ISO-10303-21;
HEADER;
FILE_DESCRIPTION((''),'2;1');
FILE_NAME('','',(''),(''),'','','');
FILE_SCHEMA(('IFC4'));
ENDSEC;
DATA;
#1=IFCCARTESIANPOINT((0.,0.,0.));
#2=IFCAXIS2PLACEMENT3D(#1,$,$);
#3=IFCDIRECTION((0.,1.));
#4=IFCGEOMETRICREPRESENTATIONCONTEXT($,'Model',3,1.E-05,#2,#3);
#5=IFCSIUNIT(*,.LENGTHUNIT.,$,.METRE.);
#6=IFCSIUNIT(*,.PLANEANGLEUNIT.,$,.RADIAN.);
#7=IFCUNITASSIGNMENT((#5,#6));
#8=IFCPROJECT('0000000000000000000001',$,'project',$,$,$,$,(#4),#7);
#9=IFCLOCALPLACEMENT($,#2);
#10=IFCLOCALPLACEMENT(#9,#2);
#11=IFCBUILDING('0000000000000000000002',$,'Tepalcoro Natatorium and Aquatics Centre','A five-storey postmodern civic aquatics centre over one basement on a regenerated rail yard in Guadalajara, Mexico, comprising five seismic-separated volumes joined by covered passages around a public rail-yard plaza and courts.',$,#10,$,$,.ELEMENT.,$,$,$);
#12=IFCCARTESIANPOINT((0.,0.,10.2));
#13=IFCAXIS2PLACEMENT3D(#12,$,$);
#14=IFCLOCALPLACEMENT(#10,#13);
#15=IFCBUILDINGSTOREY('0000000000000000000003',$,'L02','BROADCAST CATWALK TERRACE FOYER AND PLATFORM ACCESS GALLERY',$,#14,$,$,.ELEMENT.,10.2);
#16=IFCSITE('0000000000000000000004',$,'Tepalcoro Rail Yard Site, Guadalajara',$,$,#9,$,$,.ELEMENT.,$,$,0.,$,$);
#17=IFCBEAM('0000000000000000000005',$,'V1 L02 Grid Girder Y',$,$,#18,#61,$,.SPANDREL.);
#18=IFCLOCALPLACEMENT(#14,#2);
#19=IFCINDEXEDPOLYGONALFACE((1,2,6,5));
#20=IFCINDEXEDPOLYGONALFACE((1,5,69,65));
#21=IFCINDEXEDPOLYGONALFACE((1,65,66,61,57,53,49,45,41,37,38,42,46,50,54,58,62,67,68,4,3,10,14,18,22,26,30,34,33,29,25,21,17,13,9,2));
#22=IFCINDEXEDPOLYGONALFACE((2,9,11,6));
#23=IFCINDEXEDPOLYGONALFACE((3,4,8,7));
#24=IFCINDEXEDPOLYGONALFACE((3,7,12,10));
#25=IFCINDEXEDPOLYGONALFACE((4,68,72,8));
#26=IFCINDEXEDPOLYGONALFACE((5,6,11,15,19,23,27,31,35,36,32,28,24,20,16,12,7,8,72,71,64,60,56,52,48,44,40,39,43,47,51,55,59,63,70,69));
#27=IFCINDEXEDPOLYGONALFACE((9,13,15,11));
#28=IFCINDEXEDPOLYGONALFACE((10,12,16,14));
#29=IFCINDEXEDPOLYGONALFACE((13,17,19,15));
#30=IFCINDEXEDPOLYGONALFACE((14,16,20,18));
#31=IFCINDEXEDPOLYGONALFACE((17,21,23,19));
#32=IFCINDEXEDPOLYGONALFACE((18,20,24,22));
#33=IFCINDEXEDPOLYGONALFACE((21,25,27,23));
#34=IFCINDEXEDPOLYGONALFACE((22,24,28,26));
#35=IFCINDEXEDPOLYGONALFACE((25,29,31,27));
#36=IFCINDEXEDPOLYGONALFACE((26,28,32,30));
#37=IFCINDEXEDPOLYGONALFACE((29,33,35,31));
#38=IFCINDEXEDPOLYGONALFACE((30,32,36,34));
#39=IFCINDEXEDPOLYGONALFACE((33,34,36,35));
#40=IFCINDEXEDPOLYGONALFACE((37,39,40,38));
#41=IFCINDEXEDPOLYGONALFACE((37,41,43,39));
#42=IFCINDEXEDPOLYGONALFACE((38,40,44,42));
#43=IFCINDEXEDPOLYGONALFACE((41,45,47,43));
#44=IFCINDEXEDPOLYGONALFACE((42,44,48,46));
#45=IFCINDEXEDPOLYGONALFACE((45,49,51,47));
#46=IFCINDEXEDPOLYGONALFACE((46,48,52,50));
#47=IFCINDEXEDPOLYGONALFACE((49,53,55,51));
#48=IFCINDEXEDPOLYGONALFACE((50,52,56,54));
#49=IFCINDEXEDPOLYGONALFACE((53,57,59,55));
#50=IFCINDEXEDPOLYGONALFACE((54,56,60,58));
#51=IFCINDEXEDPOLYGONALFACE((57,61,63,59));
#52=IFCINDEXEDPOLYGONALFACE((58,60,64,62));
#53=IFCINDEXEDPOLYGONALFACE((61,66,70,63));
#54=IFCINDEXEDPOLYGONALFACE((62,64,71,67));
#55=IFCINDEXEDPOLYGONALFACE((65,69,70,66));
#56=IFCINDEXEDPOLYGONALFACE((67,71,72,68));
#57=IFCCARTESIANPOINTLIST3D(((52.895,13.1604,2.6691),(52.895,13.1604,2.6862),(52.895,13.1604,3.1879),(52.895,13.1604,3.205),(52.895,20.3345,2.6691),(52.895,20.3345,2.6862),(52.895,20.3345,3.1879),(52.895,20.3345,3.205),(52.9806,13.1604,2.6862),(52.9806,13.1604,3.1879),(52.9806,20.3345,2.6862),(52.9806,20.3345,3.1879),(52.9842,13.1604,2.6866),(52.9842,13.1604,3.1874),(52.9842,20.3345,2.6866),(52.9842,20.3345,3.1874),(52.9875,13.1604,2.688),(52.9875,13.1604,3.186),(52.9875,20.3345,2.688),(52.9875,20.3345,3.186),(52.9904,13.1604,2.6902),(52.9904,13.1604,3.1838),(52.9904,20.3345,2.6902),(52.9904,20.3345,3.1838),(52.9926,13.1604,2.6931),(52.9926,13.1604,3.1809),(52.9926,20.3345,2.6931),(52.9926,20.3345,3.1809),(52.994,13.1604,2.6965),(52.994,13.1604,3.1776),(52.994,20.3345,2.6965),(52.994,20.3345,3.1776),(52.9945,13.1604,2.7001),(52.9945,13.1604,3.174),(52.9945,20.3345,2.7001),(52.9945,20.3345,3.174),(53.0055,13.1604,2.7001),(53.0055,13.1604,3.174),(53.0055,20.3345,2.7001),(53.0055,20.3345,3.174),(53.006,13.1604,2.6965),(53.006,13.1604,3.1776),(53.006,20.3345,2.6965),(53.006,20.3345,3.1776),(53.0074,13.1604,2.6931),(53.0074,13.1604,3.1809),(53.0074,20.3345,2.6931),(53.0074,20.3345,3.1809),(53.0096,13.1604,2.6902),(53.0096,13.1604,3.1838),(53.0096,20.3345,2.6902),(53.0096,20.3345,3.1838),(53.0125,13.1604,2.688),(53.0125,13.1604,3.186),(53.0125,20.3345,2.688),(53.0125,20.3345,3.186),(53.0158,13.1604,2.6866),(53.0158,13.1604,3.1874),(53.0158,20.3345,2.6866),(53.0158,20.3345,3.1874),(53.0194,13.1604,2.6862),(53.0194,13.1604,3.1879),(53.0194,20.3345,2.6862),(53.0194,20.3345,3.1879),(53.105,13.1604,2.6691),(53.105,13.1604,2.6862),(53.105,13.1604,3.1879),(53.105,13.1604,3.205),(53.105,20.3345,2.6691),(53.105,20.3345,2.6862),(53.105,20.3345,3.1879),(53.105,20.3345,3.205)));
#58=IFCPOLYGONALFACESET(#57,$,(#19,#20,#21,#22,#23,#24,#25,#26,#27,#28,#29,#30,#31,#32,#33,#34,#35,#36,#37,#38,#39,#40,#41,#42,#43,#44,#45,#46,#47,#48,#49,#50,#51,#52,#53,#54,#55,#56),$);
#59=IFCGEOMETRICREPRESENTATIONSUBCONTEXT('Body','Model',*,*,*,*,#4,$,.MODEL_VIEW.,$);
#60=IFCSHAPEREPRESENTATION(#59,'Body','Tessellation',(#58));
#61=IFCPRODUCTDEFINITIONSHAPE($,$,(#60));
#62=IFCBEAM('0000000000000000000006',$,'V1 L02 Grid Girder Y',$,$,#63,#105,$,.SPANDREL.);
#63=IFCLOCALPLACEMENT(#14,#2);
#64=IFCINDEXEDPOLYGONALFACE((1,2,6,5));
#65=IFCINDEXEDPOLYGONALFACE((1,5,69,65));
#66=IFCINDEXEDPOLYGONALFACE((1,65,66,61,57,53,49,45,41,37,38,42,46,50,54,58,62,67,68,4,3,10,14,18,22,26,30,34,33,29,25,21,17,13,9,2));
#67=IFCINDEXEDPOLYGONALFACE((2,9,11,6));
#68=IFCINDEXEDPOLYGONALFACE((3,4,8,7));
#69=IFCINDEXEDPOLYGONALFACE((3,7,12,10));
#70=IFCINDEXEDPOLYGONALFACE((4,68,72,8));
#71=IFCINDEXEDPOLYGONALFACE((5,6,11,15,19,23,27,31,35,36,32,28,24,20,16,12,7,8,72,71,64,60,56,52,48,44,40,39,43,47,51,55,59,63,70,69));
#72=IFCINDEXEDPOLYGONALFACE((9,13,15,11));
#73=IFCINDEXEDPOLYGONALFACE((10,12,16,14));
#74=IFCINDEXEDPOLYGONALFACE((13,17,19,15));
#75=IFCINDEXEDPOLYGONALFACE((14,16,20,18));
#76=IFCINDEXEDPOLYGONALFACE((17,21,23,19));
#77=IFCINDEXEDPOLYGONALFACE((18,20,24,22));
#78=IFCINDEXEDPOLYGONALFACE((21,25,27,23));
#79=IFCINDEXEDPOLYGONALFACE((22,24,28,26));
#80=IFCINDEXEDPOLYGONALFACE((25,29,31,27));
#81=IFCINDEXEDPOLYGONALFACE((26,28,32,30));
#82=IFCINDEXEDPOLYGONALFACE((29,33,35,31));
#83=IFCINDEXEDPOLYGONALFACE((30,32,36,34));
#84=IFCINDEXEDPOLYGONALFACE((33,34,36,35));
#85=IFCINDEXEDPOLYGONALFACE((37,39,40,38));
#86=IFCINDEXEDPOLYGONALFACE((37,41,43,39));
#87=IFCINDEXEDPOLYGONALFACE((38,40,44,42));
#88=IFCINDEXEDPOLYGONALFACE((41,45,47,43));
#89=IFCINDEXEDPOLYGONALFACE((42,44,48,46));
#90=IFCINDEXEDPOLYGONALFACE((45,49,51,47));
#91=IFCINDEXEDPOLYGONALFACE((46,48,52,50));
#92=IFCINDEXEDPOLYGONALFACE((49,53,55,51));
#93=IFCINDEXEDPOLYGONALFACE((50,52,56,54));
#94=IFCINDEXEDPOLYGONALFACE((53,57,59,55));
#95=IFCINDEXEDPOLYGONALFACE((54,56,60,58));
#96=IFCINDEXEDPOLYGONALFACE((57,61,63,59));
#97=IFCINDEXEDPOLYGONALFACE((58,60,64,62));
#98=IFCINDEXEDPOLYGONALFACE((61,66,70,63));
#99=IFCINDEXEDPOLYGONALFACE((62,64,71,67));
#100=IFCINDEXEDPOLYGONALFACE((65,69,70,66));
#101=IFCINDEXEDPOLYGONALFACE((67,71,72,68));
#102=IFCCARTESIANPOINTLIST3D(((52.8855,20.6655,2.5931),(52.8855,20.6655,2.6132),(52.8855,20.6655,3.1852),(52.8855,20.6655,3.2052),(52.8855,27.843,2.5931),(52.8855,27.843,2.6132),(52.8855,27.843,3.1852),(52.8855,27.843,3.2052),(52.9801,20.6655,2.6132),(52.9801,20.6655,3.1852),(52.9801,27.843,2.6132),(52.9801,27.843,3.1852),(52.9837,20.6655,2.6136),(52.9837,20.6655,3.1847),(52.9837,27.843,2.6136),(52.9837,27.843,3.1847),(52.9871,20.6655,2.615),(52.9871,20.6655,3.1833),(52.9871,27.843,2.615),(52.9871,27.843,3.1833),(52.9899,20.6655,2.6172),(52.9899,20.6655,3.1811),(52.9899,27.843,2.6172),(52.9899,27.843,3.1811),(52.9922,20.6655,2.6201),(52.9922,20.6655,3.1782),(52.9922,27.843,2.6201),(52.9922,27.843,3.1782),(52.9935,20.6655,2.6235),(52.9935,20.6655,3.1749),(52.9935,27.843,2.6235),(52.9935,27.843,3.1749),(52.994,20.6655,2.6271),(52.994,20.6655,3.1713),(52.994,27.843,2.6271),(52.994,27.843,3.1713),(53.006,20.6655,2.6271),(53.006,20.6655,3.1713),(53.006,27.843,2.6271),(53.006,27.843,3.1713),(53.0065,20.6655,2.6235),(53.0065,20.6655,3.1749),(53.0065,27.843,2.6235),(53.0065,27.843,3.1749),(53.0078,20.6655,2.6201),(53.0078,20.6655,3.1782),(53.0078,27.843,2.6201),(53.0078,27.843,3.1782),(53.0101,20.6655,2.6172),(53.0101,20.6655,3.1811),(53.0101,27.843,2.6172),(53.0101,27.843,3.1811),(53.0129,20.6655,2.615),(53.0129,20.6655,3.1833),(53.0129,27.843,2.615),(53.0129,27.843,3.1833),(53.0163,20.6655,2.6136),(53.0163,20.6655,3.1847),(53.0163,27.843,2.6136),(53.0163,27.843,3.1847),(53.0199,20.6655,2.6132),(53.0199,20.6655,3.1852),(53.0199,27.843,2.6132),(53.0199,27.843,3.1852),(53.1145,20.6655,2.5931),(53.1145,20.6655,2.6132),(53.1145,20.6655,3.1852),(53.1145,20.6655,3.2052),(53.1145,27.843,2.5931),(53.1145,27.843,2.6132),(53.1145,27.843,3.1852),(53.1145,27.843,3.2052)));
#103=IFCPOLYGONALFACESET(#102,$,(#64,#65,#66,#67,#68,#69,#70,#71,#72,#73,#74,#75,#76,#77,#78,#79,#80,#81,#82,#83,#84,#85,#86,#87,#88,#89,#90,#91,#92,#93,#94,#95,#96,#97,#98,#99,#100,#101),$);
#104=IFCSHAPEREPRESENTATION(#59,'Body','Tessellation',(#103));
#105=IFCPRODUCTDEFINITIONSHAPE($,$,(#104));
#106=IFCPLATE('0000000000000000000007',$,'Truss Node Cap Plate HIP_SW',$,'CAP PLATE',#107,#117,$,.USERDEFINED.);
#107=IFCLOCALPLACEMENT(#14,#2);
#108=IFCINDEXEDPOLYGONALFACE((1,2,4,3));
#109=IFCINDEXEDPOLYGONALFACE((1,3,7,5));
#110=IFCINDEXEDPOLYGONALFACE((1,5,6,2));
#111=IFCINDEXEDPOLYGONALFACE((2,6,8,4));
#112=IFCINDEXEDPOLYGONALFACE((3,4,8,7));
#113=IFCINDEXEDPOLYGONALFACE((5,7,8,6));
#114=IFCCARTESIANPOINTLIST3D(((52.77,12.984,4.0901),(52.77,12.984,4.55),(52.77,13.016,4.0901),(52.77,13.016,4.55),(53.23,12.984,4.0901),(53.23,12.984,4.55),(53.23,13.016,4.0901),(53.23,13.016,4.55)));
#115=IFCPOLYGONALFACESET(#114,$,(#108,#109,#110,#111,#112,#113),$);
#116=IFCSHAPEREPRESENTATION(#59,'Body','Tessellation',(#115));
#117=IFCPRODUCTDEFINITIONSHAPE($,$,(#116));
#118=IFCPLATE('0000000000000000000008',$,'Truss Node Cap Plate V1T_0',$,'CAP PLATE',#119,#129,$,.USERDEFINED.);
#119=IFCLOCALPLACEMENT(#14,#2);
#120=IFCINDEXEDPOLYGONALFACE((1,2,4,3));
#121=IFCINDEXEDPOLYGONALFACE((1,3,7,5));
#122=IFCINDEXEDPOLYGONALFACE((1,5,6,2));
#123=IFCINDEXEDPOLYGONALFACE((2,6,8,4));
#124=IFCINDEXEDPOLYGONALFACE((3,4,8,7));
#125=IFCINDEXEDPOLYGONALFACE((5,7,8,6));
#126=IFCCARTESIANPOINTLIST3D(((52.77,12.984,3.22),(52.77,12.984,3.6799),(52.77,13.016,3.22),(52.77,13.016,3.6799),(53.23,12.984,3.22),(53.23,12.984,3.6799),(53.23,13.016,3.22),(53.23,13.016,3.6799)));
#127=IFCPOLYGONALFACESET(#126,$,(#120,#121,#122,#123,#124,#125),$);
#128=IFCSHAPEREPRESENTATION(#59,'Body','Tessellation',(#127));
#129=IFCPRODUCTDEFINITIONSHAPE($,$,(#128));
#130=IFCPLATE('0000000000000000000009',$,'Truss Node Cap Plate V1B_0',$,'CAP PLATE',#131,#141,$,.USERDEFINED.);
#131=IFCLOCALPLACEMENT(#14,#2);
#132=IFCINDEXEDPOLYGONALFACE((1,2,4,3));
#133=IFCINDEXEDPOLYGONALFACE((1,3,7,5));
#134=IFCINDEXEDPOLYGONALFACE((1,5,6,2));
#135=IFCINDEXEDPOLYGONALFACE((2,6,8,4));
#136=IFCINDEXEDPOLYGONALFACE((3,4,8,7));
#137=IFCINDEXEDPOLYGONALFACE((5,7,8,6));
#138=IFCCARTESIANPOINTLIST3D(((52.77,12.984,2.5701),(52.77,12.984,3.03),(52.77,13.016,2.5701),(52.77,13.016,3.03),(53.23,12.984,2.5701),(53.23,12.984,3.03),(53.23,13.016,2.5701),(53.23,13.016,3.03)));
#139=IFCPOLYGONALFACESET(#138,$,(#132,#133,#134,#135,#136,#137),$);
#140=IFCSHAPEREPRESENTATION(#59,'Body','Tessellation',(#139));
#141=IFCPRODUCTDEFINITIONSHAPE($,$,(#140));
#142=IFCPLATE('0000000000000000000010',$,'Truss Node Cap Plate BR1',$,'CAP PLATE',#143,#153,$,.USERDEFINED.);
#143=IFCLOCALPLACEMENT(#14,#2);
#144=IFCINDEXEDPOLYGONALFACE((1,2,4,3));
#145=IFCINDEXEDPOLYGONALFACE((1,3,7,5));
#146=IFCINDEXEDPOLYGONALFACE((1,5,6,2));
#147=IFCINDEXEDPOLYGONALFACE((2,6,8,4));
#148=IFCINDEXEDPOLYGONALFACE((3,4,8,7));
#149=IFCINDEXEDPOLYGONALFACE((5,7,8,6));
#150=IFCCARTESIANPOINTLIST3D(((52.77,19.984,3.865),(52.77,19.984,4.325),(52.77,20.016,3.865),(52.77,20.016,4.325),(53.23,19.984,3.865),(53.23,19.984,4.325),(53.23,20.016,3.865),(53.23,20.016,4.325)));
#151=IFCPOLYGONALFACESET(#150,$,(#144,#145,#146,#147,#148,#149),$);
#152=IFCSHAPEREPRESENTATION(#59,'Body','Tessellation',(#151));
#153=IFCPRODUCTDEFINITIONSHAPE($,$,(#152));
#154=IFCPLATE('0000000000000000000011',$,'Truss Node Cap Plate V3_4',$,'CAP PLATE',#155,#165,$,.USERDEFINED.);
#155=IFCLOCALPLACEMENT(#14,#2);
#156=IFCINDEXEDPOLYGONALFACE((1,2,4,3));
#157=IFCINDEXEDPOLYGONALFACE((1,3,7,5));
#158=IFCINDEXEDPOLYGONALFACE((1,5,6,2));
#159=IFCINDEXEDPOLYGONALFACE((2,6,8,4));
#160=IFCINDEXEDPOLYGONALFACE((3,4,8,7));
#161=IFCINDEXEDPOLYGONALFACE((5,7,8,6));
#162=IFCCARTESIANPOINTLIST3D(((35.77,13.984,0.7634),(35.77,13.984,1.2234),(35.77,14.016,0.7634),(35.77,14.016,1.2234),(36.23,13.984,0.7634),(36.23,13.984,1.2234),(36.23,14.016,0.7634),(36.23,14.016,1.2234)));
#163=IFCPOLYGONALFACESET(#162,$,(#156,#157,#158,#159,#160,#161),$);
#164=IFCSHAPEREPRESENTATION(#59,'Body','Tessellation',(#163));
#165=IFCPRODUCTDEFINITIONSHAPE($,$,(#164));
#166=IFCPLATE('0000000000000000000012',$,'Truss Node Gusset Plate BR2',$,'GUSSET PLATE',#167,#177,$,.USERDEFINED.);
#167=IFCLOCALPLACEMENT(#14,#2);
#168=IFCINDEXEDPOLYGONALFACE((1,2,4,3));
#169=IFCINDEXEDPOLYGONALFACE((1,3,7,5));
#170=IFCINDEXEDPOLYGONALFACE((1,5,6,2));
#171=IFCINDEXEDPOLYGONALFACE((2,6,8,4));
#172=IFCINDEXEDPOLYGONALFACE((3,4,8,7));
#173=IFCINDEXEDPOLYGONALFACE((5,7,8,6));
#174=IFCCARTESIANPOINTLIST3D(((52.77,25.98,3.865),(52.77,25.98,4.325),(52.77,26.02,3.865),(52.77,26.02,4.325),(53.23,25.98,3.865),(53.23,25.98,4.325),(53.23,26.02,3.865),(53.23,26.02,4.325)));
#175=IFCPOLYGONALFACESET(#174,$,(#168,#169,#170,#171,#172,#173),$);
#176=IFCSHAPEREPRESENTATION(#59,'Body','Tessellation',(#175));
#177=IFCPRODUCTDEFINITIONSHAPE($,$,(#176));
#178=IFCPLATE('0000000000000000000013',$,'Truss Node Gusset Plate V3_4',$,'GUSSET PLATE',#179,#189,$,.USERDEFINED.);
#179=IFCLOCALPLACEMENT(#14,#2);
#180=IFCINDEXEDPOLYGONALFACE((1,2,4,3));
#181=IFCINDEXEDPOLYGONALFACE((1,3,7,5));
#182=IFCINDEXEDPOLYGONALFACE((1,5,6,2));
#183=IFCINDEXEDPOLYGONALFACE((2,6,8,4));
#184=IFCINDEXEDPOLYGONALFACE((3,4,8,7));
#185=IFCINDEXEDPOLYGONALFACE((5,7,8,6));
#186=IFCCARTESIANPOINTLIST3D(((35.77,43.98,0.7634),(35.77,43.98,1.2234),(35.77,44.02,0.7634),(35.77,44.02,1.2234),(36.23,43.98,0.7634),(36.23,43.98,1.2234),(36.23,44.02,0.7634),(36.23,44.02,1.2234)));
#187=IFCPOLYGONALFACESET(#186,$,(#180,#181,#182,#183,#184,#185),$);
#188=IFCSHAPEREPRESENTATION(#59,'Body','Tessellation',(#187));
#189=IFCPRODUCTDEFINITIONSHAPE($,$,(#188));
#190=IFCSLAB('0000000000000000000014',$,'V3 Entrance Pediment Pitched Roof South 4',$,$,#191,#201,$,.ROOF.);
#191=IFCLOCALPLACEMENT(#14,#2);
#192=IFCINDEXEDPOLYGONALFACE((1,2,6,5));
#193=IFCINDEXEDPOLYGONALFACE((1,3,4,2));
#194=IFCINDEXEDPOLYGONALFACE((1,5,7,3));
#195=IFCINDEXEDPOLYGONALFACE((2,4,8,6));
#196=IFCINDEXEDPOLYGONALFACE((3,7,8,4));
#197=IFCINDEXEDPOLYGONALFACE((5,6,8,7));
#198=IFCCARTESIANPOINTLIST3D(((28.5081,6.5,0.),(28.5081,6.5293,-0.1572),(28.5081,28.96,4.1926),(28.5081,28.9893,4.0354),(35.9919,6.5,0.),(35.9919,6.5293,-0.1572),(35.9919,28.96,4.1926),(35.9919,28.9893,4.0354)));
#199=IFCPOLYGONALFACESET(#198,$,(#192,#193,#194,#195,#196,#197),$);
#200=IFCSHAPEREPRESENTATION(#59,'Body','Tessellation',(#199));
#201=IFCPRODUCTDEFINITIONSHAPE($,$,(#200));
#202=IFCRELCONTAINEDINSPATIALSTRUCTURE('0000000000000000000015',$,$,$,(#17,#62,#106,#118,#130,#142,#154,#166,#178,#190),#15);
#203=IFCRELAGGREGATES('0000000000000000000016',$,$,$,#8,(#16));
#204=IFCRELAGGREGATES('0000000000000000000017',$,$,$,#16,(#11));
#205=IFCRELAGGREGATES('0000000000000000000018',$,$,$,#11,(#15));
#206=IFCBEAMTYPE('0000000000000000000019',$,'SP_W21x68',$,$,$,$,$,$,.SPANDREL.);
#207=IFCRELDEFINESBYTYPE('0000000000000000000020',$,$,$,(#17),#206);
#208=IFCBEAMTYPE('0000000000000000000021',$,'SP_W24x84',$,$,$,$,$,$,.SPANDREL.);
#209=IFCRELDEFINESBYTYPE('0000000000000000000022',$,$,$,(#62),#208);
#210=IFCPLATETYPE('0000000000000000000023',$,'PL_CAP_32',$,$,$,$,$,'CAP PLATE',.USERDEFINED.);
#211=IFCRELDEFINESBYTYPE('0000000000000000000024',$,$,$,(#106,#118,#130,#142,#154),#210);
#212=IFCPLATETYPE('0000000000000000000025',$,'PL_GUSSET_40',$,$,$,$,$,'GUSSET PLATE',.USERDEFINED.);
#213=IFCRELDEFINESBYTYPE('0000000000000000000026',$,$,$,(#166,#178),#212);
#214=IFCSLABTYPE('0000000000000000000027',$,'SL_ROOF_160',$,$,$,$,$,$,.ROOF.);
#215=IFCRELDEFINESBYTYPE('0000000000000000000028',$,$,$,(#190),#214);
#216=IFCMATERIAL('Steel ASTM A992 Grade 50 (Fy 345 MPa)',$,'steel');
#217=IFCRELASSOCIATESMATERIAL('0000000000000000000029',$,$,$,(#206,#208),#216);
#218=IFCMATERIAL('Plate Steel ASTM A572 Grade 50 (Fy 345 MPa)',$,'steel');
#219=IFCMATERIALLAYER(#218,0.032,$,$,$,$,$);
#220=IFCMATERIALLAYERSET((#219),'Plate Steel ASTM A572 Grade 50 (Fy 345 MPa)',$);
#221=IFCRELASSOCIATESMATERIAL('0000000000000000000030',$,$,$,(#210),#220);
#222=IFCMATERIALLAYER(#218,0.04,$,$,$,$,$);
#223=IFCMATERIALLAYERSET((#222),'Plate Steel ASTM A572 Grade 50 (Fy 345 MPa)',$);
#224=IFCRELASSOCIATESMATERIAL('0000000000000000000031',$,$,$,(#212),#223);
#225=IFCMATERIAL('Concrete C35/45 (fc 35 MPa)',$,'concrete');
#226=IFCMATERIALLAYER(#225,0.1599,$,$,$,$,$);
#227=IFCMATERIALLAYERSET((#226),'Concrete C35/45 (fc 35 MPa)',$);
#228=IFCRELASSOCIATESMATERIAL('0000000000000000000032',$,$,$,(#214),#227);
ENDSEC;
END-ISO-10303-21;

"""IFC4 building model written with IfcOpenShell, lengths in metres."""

from ifc_helpers import new_model, si_unit, direction, frame, origin, origin_2d, place, context, subcontext, project, spatial, polyline, rectangle, i_section, outline, extrude, material, layer, layer_set, material_profile, profile_set, type_object, element, save


model = new_model("IFC4")

# Units and contexts
model_context = context("Model", 3, precision=1e-05, world=origin(), true_north=direction((0.0, 1.0)))
body_context = subcontext(model_context, "Body", "Model", "MODEL_VIEW")
ifc_project = project(units=[si_unit("LENGTHUNIT", "METRE"), si_unit("PLANEANGLEUNIT", "RADIAN")], contexts=[model_context])

# Site, building, storey
site_placement = place(None, origin())
site = spatial("IfcSite", under=ifc_project, at=site_placement, Name="Tepalcoro Rail Yard Site, Guadalajara", CompositionType="ELEMENT", RefElevation=0.0)
building_placement = place(site_placement, origin())
building = spatial("IfcBuilding", under=site, at=building_placement, Name="Tepalcoro Natatorium and Aquatics Centre", Description="A five-storey postmodern civic aquatics centre over one basement on a regenerated rail yard in Guadalajara, Mexico, comprising five seismic-separated volumes joined by covered passages around a public rail-yard plaza and courts.", CompositionType="ELEMENT")
storey_placement = place(building_placement, frame((0.0, 0.0, 10.2)))
storey = spatial("IfcBuildingStorey", under=building, at=storey_placement, Name="L02", Description="BROADCAST CATWALK TERRACE FOYER AND PLATFORM ACCESS GALLERY", CompositionType="ELEMENT", Elevation=10.2)

# Shared definitions
ifc_material_1 = material(Name="Steel ASTM A992 Grade 50 (Fy 345 MPa)", Category="steel")

# Beams
ifc_material_profile_1 = material_profile(ifc_material_1, i_section(OverallWidth=0.21, OverallDepth=0.5359, WebThickness=0.011, FlangeThickness=0.0171, FilletRadius=0.0139, at=origin_2d()), Name="W21X68")
ifc_profile_set_1 = profile_set([ifc_material_profile_1], Name="Steel ASTM A992 Grade 50 (Fy 345 MPa)")
beam_type_1 = type_object("IfcBeamType", Name="SP_W21x68", PredefinedType="SPANDREL", material=ifc_profile_set_1)
beam_1_placement = place(storey_placement, frame((53.0, 13.1604, 2.937), z_axis=(0.0, 1.0, 0.0), x_axis=(-1.0, 0.0, 0.0)))
element("IfcBeam", 1, at=beam_1_placement, inside=storey, type_object=beam_type_1, Name="V1 L02 Grid Girder Y", PredefinedType="SPANDREL", context=body_context, shape_type="SweptSolid", body=[
    extrude(i_section(OverallWidth=0.21, OverallDepth=0.5359, WebThickness=0.011, FlangeThickness=0.0171, FilletRadius=0.0139, at=origin_2d()), origin(), (0.0, 0.0, 1.0), 7.1741),
])
ifc_material_profile_2 = material_profile(ifc_material_1, i_section(OverallWidth=0.229, OverallDepth=0.6121, WebThickness=0.012, FlangeThickness=0.02, FilletRadius=0.0139, at=origin_2d()), Name="W24X84")
ifc_profile_set_2 = profile_set([ifc_material_profile_2], Name="Steel ASTM A992 Grade 50 (Fy 345 MPa)")
beam_type_2 = type_object("IfcBeamType", Name="SP_W24x84", PredefinedType="SPANDREL", material=ifc_profile_set_2)
beam_2_placement = place(storey_placement, frame((53.0, 20.6655, 2.8992), z_axis=(0.0, 1.0, 0.0), x_axis=(-1.0, 0.0, 0.0)))
element("IfcBeam", 2, at=beam_2_placement, inside=storey, type_object=beam_type_2, Name="V1 L02 Grid Girder Y", PredefinedType="SPANDREL", context=body_context, shape_type="SweptSolid", body=[
    extrude(i_section(OverallWidth=0.229, OverallDepth=0.6121, WebThickness=0.012, FlangeThickness=0.02, FilletRadius=0.0139, at=origin_2d()), origin(), (0.0, 0.0, 1.0), 7.1775),
])

# Plates
ifc_material_2 = material(Name="Plate Steel ASTM A572 Grade 50 (Fy 345 MPa)", Category="steel")
ifc_layer_1 = layer(ifc_material_2, 0.032)
ifc_layer_set_1 = layer_set([ifc_layer_1], Name="Plate Steel ASTM A572 Grade 50 (Fy 345 MPa)")
plate_type_1 = type_object("IfcPlateType", Name="PL_CAP_32", ElementType="CAP PLATE", PredefinedType="USERDEFINED", material=ifc_layer_set_1)
for number, where, z_axis, x_axis, name in (
    (3, (53.0, 13.0, 4.0901), (0.0, 0.0, 1.0), (1.0, 0.0, 0.0), "Truss Node Cap Plate HIP_SW"),
    (4, (53.0, 13.0, 3.22), (0.0, 0.0, 1.0), (1.0, 0.0, 0.0), "Truss Node Cap Plate V1T_0"),
    (5, (53.0, 13.0, 2.5701), (0.0, 0.0, 1.0), (1.0, 0.0, 0.0), "Truss Node Cap Plate V1B_0"),
    (6, (53.0, 20.0, 3.865), (0.0, 0.0, 1.0), (1.0, 0.0, 0.0), "Truss Node Cap Plate BR1"),
    (7, (36.0, 14.0, 0.7634), (0.0, 0.0, 1.0), (1.0, 0.0, 0.0), "Truss Node Cap Plate V3_4"),
):
    element("IfcPlate", number, at=place(storey_placement, frame(where, z_axis=z_axis, x_axis=x_axis)), inside=storey, type_object=plate_type_1, Name=name, ObjectType="CAP PLATE", PredefinedType="USERDEFINED", context=body_context, shape_type="SweptSolid", body=[
        extrude(rectangle(XDim=0.46, YDim=0.032, at=origin_2d()), origin(), (0.0, 0.0, 1.0), 0.46),
    ])
ifc_layer_2 = layer(ifc_material_2, 0.04)
ifc_layer_set_2 = layer_set([ifc_layer_2], Name="Plate Steel ASTM A572 Grade 50 (Fy 345 MPa)")
plate_type_2 = type_object("IfcPlateType", Name="PL_GUSSET_40", ElementType="GUSSET PLATE", PredefinedType="USERDEFINED", material=ifc_layer_set_2)
for number, where, z_axis, x_axis, name in (
    (8, (53.0, 26.0, 3.865), (0.0, 0.0, 1.0), (1.0, 0.0, 0.0), "Truss Node Gusset Plate BR2"),
    (9, (36.0, 44.0, 0.7634), (0.0, 0.0, 1.0), (1.0, 0.0, 0.0), "Truss Node Gusset Plate V3_4"),
):
    element("IfcPlate", number, at=place(storey_placement, frame(where, z_axis=z_axis, x_axis=x_axis)), inside=storey, type_object=plate_type_2, Name=name, ObjectType="GUSSET PLATE", PredefinedType="USERDEFINED", context=body_context, shape_type="SweptSolid", body=[
        extrude(rectangle(XDim=0.46, YDim=0.04, at=origin_2d()), origin(), (0.0, 0.0, 1.0), 0.46),
    ])

# Slab
ifc_material_3 = material(Name="Concrete C35/45 (fc 35 MPa)", Category="concrete")
ifc_layer_3 = layer(ifc_material_3, 0.1599)
ifc_layer_set_3 = layer_set([ifc_layer_3], Name="Concrete C35/45 (fc 35 MPa)")
slab_type_1 = type_object("IfcSlabType", Name="SL_ROOF_160", PredefinedType="ROOF", material=ifc_layer_set_3)
slab_1_placement = place(storey_placement, frame((28.5081, 6.5, 0.0), z_axis=(0.0, -0.183501, 0.983019), x_axis=(1.0, 0.0, 0.0)))
element("IfcSlab", 10, at=slab_1_placement, inside=storey, type_object=slab_type_1, Name="V3 Entrance Pediment Pitched Roof South 4", PredefinedType="ROOF", context=body_context, shape_type="SweptSolid", body=[
    extrude(outline(polyline([(0.0, 0.0), (7.4839, 0.0), (7.4839, 22.8479), (0.0, 22.8479), (0.0, 0.0)])), origin(), (0.0, 0.0, -1.0), 0.1599),
])

save(model, "model.ifc")
